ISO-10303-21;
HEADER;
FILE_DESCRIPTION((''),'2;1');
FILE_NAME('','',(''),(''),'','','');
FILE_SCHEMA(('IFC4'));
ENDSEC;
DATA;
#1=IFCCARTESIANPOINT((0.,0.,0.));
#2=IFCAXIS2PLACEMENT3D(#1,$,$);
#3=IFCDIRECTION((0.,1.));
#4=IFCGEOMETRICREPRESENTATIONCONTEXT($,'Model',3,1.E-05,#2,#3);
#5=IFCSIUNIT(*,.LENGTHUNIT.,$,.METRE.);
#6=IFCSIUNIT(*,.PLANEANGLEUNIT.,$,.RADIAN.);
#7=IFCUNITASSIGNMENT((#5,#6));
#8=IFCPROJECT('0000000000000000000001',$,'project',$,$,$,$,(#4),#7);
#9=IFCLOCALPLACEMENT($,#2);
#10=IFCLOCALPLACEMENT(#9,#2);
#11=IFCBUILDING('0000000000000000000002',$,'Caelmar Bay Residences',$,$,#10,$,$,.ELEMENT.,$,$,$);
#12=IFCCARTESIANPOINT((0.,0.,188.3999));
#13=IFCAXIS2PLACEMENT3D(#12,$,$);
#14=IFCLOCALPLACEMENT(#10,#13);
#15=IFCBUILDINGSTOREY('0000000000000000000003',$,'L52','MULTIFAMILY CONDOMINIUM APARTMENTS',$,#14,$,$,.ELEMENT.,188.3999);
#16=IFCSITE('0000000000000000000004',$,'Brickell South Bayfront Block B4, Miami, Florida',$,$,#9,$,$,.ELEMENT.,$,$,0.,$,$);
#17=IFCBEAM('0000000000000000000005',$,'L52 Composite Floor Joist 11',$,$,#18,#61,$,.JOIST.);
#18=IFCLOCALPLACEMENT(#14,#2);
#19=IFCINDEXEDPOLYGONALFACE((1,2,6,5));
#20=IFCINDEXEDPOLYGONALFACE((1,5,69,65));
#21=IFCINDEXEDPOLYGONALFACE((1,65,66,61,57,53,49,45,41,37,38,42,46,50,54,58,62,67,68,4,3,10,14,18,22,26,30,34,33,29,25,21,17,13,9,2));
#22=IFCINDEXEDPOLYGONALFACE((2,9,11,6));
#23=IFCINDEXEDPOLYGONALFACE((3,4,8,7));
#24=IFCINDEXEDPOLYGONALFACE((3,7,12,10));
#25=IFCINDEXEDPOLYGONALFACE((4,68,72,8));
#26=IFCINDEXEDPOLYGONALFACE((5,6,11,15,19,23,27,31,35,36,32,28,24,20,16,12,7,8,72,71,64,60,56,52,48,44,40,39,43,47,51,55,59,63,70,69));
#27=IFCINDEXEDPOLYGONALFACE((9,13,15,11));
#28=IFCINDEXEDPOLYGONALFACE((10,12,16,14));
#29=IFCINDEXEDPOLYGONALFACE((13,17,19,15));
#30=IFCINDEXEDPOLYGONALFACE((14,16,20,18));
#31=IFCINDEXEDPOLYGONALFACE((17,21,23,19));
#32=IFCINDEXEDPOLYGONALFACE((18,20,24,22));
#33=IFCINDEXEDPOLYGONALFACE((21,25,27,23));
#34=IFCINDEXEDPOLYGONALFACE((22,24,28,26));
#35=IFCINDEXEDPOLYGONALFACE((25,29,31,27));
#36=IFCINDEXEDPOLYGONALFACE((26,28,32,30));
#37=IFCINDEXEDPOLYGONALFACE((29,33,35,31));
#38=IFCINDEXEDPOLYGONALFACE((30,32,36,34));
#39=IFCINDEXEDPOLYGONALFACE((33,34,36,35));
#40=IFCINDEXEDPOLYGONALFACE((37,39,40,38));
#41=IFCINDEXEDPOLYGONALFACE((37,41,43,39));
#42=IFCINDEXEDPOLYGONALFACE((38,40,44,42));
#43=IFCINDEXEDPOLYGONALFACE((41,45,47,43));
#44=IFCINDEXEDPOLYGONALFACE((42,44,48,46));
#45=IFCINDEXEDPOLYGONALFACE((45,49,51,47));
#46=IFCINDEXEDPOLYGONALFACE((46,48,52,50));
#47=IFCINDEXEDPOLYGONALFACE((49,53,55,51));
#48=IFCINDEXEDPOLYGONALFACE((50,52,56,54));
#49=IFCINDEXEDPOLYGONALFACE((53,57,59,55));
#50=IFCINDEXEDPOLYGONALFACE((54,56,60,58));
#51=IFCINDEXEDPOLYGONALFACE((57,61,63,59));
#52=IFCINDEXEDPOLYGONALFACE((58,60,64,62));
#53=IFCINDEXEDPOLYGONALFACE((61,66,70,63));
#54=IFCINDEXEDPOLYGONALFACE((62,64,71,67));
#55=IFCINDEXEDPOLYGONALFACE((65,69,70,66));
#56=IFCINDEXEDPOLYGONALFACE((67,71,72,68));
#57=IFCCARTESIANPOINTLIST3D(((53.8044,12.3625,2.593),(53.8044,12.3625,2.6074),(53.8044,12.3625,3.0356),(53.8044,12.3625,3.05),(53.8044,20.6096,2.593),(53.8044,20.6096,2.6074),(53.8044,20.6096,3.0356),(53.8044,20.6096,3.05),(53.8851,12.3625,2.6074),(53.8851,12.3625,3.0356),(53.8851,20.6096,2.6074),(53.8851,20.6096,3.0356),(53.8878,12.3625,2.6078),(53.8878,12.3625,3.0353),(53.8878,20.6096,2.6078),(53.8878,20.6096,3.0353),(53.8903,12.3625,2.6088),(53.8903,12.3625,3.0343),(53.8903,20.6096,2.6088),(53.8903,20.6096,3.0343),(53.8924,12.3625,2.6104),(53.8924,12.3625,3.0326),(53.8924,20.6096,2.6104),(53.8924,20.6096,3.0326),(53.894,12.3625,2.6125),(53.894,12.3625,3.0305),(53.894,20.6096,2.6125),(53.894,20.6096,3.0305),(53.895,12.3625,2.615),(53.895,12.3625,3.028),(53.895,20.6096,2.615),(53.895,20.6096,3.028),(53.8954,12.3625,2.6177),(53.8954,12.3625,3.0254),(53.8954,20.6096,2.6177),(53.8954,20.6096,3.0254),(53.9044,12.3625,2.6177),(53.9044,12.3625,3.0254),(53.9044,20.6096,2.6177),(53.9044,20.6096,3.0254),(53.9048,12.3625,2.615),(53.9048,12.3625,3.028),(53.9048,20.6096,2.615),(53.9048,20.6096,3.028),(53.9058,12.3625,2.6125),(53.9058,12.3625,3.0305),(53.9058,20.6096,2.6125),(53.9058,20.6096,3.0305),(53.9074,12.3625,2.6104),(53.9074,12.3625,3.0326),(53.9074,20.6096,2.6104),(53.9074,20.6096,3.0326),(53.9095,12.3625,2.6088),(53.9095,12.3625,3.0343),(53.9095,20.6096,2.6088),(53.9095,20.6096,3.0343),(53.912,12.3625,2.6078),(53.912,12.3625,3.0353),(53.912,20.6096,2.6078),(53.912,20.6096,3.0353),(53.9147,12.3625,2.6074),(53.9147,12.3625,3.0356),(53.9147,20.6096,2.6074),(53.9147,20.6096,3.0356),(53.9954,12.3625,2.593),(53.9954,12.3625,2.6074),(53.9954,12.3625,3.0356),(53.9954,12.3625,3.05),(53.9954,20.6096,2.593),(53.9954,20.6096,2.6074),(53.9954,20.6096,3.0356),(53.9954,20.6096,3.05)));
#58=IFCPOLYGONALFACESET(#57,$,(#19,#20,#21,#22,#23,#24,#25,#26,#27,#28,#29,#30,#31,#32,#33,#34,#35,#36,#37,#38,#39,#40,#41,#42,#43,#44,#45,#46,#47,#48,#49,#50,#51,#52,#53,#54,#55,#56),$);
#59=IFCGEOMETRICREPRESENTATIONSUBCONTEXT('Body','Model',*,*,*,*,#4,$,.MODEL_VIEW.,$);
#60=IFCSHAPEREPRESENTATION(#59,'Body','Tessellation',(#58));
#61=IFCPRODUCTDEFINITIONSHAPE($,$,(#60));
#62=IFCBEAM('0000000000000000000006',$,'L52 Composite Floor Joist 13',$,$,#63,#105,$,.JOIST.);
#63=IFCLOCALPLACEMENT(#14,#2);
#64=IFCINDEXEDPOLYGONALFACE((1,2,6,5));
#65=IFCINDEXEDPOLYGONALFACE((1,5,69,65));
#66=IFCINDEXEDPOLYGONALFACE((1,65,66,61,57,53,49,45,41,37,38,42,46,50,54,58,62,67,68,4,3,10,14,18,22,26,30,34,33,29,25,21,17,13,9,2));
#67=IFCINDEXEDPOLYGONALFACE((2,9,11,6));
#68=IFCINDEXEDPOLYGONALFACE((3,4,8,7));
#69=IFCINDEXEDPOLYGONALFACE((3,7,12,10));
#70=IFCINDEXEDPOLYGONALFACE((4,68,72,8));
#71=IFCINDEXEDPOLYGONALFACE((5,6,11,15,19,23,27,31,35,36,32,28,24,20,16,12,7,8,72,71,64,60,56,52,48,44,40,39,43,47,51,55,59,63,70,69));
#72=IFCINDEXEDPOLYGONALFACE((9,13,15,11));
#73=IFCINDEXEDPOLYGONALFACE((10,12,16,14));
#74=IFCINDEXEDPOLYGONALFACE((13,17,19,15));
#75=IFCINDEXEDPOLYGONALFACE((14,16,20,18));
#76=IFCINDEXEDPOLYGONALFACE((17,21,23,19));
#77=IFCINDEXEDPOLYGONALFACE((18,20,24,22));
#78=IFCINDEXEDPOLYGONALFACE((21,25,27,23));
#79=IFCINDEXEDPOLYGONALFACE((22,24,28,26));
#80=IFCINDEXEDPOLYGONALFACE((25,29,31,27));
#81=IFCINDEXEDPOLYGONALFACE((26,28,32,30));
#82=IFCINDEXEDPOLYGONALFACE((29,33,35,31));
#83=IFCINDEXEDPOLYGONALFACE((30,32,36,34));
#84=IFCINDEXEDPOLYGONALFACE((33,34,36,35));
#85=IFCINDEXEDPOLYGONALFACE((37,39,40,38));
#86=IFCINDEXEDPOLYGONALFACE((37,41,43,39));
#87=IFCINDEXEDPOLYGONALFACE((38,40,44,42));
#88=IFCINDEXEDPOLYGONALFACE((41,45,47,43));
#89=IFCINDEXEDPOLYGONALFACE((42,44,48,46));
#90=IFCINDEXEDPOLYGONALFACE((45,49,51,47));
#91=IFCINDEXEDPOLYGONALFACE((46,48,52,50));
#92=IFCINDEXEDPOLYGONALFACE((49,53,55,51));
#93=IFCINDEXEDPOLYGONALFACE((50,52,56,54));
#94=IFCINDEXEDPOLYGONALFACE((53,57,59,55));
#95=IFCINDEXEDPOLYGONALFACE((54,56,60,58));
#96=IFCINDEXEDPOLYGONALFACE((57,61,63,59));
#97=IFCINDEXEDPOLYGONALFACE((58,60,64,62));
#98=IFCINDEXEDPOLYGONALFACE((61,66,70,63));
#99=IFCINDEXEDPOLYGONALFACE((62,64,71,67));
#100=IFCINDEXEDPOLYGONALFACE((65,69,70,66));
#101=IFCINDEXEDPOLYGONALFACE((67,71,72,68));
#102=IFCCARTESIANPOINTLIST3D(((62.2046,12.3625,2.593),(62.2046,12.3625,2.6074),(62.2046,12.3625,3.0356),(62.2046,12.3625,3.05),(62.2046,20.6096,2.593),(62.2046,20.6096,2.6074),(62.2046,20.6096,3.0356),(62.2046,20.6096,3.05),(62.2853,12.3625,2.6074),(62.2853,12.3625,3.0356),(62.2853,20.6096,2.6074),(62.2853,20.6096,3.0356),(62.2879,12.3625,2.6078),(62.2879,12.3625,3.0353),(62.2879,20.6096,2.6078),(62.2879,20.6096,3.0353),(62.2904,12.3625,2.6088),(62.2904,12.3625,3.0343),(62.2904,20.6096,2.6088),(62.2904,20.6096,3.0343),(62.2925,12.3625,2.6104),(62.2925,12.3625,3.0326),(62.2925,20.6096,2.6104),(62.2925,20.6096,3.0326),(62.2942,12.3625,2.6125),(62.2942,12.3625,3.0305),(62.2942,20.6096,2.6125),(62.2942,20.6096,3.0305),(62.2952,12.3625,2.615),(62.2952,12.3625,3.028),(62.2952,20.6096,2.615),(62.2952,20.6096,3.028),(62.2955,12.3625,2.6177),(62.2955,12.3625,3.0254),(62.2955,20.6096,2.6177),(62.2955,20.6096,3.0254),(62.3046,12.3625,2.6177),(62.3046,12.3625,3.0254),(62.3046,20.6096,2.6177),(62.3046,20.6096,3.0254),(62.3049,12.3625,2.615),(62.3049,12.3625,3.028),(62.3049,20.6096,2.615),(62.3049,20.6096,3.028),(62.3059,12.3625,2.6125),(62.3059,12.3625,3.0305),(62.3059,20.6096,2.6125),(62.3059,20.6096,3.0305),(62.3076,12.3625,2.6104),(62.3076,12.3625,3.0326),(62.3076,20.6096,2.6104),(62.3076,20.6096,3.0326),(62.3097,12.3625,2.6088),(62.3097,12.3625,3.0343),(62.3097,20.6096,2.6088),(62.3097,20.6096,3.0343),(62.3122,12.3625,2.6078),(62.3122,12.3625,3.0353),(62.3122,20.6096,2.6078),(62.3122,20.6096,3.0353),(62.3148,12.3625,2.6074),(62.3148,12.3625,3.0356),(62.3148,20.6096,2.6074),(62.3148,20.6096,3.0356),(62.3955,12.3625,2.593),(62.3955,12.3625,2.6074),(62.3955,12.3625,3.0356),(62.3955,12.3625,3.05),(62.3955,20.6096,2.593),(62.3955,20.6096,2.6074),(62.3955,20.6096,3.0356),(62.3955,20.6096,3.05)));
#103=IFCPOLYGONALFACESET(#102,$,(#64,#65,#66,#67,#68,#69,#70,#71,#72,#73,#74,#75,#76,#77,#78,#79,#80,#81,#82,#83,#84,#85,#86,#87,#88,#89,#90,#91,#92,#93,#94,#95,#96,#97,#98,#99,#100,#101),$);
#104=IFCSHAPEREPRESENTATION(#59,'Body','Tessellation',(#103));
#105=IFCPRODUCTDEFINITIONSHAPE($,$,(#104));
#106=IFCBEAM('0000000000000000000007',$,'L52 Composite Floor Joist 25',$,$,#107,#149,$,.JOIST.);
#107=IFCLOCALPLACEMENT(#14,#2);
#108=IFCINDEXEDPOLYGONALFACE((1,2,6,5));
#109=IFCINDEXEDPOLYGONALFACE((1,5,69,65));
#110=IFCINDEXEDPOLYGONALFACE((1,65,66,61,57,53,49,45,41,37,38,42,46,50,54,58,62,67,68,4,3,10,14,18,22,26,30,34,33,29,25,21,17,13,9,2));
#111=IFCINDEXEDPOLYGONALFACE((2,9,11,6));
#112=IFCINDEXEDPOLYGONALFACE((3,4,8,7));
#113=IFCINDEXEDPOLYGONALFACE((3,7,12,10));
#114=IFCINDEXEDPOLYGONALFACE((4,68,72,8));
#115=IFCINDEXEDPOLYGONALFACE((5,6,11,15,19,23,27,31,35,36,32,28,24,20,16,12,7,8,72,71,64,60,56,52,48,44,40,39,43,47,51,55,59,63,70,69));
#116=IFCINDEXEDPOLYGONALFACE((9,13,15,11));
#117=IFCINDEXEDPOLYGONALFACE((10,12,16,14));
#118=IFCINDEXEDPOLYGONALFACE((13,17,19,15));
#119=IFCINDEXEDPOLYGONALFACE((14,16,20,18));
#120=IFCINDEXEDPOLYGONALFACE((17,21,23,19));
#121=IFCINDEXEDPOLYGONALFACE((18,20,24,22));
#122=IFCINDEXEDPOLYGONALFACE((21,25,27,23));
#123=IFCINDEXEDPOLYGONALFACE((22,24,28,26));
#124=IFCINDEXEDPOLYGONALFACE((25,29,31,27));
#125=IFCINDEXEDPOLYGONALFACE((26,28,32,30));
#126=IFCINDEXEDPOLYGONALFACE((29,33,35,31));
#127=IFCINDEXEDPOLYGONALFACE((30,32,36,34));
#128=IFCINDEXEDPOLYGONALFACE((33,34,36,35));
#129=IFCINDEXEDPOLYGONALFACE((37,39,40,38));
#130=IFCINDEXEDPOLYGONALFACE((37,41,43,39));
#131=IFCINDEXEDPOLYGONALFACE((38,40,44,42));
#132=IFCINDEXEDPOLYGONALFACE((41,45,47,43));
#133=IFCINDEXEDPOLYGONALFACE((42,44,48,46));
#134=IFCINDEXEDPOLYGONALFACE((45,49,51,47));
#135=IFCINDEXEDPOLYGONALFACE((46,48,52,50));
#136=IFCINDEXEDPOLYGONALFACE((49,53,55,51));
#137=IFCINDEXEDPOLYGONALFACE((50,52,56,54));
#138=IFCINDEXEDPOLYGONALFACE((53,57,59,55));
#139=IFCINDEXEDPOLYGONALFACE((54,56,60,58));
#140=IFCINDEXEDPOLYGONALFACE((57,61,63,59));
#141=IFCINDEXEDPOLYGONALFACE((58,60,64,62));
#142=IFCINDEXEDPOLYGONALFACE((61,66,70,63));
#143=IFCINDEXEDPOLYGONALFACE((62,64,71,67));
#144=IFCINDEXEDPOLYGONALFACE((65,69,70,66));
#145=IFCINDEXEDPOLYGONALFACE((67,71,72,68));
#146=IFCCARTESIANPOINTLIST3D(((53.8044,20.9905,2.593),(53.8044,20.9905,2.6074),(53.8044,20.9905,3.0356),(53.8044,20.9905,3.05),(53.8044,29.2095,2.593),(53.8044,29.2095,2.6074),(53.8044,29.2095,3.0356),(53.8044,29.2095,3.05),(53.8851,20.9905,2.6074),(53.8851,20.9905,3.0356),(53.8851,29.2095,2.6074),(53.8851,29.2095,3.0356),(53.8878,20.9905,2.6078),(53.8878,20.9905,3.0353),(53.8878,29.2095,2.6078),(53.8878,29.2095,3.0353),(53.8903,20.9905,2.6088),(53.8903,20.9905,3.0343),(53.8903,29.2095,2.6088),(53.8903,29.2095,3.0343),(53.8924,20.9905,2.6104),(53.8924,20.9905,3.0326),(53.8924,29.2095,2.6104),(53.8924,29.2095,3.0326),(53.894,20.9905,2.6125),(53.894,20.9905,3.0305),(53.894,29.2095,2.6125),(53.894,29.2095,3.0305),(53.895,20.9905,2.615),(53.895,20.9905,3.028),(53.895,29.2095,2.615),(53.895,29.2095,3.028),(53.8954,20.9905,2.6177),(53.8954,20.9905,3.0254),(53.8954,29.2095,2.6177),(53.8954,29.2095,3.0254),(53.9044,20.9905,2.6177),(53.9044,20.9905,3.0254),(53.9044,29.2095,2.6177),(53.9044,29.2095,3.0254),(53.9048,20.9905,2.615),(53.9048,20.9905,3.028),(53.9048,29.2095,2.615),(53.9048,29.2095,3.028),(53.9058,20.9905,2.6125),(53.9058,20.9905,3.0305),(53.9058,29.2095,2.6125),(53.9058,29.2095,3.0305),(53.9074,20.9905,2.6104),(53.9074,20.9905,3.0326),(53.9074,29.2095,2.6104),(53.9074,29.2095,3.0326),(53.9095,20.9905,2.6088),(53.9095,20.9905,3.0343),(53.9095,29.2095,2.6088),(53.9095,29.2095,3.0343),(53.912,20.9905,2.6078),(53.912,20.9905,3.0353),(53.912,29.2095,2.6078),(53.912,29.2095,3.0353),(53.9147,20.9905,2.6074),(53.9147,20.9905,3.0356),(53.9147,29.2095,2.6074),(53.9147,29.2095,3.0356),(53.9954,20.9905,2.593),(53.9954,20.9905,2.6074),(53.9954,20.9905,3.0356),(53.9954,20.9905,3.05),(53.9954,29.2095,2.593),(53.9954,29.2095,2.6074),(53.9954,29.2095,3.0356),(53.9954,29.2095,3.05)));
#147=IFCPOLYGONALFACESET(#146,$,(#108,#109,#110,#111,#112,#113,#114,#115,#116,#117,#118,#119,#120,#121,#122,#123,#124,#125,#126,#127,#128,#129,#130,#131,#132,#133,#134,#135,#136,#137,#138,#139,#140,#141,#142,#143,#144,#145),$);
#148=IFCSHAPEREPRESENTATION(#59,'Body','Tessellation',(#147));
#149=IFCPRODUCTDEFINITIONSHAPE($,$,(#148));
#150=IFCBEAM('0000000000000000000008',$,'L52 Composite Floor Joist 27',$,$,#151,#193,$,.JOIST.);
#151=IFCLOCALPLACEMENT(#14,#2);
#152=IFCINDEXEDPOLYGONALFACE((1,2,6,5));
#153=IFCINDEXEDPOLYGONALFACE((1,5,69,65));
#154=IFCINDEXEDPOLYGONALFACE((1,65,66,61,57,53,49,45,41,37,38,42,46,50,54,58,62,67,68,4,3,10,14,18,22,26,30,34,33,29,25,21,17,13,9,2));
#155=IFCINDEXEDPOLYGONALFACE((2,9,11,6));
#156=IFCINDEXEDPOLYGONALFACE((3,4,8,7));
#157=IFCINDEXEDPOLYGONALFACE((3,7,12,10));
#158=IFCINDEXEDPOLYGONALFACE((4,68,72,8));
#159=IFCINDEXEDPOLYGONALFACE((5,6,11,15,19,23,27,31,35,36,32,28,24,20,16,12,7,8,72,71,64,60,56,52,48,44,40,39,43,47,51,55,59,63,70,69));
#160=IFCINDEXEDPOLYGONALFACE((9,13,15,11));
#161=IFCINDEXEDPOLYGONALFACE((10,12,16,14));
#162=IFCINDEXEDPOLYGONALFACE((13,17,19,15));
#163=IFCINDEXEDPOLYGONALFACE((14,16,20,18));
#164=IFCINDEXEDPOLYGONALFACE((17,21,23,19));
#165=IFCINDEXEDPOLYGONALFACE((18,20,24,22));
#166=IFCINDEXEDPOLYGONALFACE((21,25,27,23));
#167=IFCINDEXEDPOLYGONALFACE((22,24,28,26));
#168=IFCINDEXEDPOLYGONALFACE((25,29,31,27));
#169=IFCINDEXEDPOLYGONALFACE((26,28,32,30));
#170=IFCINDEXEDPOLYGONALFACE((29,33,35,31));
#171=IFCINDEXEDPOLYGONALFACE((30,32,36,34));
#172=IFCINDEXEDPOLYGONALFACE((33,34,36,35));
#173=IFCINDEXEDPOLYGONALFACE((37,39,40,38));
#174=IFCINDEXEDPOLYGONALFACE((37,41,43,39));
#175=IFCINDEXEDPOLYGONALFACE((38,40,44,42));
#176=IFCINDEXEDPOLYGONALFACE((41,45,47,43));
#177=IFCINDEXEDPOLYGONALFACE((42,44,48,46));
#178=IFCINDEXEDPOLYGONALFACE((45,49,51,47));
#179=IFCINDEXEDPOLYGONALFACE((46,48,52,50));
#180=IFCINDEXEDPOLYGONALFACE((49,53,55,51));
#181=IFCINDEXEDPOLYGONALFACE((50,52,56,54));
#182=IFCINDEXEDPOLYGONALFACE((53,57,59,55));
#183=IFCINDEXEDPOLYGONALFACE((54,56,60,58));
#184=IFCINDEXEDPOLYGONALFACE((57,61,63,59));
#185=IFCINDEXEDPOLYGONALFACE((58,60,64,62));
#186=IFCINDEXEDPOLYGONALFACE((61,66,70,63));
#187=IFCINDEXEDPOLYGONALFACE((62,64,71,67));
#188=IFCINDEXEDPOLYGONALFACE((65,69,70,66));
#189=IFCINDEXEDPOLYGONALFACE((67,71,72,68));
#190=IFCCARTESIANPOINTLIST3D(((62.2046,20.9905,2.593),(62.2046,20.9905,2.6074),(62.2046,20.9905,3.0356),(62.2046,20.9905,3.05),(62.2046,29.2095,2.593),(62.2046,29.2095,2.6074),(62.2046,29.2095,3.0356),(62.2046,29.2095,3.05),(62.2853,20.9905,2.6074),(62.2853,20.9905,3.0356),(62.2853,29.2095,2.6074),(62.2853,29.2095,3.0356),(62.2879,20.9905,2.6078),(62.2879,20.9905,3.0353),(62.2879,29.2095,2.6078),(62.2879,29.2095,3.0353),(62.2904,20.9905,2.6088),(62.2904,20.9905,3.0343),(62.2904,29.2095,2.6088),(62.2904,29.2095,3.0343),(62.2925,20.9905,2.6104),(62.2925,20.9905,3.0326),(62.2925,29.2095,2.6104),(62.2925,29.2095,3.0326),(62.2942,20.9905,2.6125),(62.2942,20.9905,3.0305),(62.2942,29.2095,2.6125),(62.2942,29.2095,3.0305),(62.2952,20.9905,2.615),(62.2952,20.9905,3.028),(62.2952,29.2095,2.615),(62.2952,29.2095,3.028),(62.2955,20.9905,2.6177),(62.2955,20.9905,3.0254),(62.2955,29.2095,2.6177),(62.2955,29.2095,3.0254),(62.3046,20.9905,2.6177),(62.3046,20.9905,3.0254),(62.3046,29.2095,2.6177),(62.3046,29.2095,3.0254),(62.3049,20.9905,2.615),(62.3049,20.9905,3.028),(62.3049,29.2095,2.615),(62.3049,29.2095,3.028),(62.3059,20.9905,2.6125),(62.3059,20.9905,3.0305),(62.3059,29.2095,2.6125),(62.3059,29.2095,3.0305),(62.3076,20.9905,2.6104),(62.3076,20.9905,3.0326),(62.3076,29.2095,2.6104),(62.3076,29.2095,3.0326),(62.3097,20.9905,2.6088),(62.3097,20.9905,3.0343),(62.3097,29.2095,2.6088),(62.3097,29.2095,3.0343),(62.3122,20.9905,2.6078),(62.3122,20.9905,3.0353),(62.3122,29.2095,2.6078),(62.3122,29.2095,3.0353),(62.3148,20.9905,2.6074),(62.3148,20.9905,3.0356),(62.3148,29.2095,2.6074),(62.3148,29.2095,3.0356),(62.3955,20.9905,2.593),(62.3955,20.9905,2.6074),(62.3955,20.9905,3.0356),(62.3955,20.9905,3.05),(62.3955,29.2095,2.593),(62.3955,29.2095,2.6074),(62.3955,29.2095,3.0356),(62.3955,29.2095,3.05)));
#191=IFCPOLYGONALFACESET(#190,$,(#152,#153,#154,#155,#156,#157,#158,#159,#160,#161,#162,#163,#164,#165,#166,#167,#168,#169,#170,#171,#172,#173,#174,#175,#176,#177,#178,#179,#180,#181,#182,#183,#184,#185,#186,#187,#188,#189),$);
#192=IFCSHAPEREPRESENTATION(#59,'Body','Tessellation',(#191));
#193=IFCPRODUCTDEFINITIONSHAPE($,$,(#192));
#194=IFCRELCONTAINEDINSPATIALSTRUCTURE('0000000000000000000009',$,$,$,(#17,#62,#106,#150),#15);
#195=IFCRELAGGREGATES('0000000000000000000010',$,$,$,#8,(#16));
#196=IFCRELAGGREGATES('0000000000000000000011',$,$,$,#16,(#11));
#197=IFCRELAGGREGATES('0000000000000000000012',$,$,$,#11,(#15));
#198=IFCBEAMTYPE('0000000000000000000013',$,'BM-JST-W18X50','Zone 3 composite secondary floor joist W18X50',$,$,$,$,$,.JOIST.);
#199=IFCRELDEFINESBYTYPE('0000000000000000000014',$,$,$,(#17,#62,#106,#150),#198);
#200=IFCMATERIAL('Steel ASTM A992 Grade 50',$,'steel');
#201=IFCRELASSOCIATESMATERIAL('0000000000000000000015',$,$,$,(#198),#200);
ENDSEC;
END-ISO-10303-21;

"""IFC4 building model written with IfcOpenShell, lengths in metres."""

from ifc_helpers import new_model, si_unit, direction, frame, origin, origin_2d, place, context, subcontext, project, spatial, i_section, extrude, material, material_profile, profile_set, type_object, element, save


model = new_model("IFC4")

# Units and contexts
model_context = context("Model", 3, precision=1e-05, world=origin(), true_north=direction((0.0, 1.0)))
body_context = subcontext(model_context, "Body", "Model", "MODEL_VIEW")
ifc_project = project(units=[si_unit("LENGTHUNIT", "METRE"), si_unit("PLANEANGLEUNIT", "RADIAN")], contexts=[model_context])

# Site, building, storey
site_placement = place(None, origin())
site = spatial("IfcSite", under=ifc_project, at=site_placement, Name="Brickell South Bayfront Block B4, Miami, Florida", CompositionType="ELEMENT", RefElevation=0.0)
building_placement = place(site_placement, origin())
building = spatial("IfcBuilding", under=site, at=building_placement, Name="Caelmar Bay Residences", CompositionType="ELEMENT")
storey_placement = place(building_placement, frame((0.0, 0.0, 188.3999)))
storey = spatial("IfcBuildingStorey", under=building, at=storey_placement, Name="L52", Description="MULTIFAMILY CONDOMINIUM APARTMENTS", CompositionType="ELEMENT", Elevation=188.3999)

# Beams
ifc_material_1 = material(Name="Steel ASTM A992 Grade 50", Category="steel")
ifc_material_profile_1 = material_profile(ifc_material_1, i_section(OverallWidth=0.1909, OverallDepth=0.457, WebThickness=0.009, FlangeThickness=0.0144, FilletRadius=0.0103, at=origin_2d()), Name="W18X50")
ifc_profile_set_1 = profile_set([ifc_material_profile_1], Name="Steel ASTM A992 Grade 50")
beam_type_1 = type_object("IfcBeamType", Name="BM-JST-W18X50", Description="Zone 3 composite secondary floor joist W18X50", PredefinedType="JOIST", material=ifc_profile_set_1)
for number, where, z_axis, x_axis, name in (
    (1, (53.8999, 12.3625, 2.8215), (0.0, 1.0, 0.0), (-1.0, 0.0, 0.0), "L52 Composite Floor Joist 11"),
    (2, (62.3, 12.3625, 2.8215), (0.0, 1.0, 0.0), (-1.0, 0.0, 0.0), "L52 Composite Floor Joist 13"),
):
    element("IfcBeam", number, at=place(storey_placement, frame(where, z_axis=z_axis, x_axis=x_axis)), inside=storey, type_object=beam_type_1, Name=name, PredefinedType="JOIST", context=body_context, shape_type="SweptSolid", body=[
        extrude(i_section(OverallWidth=0.1909, OverallDepth=0.457, WebThickness=0.009, FlangeThickness=0.0144, FilletRadius=0.0103, at=origin_2d()), origin(), (0.0, 0.0, 1.0), 8.2471),
    ])
for number, where, z_axis, x_axis, name in (
    (3, (53.8999, 20.9905, 2.8215), (0.0, 1.0, 0.0), (-1.0, 0.0, 0.0), "L52 Composite Floor Joist 25"),
    (4, (62.3, 20.9905, 2.8215), (0.0, 1.0, 0.0), (-1.0, 0.0, 0.0), "L52 Composite Floor Joist 27"),
):
    element("IfcBeam", number, at=place(storey_placement, frame(where, z_axis=z_axis, x_axis=x_axis)), inside=storey, type_object=beam_type_1, Name=name, PredefinedType="JOIST", context=body_context, shape_type="SweptSolid", body=[
        extrude(i_section(OverallWidth=0.1909, OverallDepth=0.457, WebThickness=0.009, FlangeThickness=0.0144, FilletRadius=0.0103, at=origin_2d()), origin(), (0.0, 0.0, 1.0), 8.219),
    ])

save(model, "model.ifc")
